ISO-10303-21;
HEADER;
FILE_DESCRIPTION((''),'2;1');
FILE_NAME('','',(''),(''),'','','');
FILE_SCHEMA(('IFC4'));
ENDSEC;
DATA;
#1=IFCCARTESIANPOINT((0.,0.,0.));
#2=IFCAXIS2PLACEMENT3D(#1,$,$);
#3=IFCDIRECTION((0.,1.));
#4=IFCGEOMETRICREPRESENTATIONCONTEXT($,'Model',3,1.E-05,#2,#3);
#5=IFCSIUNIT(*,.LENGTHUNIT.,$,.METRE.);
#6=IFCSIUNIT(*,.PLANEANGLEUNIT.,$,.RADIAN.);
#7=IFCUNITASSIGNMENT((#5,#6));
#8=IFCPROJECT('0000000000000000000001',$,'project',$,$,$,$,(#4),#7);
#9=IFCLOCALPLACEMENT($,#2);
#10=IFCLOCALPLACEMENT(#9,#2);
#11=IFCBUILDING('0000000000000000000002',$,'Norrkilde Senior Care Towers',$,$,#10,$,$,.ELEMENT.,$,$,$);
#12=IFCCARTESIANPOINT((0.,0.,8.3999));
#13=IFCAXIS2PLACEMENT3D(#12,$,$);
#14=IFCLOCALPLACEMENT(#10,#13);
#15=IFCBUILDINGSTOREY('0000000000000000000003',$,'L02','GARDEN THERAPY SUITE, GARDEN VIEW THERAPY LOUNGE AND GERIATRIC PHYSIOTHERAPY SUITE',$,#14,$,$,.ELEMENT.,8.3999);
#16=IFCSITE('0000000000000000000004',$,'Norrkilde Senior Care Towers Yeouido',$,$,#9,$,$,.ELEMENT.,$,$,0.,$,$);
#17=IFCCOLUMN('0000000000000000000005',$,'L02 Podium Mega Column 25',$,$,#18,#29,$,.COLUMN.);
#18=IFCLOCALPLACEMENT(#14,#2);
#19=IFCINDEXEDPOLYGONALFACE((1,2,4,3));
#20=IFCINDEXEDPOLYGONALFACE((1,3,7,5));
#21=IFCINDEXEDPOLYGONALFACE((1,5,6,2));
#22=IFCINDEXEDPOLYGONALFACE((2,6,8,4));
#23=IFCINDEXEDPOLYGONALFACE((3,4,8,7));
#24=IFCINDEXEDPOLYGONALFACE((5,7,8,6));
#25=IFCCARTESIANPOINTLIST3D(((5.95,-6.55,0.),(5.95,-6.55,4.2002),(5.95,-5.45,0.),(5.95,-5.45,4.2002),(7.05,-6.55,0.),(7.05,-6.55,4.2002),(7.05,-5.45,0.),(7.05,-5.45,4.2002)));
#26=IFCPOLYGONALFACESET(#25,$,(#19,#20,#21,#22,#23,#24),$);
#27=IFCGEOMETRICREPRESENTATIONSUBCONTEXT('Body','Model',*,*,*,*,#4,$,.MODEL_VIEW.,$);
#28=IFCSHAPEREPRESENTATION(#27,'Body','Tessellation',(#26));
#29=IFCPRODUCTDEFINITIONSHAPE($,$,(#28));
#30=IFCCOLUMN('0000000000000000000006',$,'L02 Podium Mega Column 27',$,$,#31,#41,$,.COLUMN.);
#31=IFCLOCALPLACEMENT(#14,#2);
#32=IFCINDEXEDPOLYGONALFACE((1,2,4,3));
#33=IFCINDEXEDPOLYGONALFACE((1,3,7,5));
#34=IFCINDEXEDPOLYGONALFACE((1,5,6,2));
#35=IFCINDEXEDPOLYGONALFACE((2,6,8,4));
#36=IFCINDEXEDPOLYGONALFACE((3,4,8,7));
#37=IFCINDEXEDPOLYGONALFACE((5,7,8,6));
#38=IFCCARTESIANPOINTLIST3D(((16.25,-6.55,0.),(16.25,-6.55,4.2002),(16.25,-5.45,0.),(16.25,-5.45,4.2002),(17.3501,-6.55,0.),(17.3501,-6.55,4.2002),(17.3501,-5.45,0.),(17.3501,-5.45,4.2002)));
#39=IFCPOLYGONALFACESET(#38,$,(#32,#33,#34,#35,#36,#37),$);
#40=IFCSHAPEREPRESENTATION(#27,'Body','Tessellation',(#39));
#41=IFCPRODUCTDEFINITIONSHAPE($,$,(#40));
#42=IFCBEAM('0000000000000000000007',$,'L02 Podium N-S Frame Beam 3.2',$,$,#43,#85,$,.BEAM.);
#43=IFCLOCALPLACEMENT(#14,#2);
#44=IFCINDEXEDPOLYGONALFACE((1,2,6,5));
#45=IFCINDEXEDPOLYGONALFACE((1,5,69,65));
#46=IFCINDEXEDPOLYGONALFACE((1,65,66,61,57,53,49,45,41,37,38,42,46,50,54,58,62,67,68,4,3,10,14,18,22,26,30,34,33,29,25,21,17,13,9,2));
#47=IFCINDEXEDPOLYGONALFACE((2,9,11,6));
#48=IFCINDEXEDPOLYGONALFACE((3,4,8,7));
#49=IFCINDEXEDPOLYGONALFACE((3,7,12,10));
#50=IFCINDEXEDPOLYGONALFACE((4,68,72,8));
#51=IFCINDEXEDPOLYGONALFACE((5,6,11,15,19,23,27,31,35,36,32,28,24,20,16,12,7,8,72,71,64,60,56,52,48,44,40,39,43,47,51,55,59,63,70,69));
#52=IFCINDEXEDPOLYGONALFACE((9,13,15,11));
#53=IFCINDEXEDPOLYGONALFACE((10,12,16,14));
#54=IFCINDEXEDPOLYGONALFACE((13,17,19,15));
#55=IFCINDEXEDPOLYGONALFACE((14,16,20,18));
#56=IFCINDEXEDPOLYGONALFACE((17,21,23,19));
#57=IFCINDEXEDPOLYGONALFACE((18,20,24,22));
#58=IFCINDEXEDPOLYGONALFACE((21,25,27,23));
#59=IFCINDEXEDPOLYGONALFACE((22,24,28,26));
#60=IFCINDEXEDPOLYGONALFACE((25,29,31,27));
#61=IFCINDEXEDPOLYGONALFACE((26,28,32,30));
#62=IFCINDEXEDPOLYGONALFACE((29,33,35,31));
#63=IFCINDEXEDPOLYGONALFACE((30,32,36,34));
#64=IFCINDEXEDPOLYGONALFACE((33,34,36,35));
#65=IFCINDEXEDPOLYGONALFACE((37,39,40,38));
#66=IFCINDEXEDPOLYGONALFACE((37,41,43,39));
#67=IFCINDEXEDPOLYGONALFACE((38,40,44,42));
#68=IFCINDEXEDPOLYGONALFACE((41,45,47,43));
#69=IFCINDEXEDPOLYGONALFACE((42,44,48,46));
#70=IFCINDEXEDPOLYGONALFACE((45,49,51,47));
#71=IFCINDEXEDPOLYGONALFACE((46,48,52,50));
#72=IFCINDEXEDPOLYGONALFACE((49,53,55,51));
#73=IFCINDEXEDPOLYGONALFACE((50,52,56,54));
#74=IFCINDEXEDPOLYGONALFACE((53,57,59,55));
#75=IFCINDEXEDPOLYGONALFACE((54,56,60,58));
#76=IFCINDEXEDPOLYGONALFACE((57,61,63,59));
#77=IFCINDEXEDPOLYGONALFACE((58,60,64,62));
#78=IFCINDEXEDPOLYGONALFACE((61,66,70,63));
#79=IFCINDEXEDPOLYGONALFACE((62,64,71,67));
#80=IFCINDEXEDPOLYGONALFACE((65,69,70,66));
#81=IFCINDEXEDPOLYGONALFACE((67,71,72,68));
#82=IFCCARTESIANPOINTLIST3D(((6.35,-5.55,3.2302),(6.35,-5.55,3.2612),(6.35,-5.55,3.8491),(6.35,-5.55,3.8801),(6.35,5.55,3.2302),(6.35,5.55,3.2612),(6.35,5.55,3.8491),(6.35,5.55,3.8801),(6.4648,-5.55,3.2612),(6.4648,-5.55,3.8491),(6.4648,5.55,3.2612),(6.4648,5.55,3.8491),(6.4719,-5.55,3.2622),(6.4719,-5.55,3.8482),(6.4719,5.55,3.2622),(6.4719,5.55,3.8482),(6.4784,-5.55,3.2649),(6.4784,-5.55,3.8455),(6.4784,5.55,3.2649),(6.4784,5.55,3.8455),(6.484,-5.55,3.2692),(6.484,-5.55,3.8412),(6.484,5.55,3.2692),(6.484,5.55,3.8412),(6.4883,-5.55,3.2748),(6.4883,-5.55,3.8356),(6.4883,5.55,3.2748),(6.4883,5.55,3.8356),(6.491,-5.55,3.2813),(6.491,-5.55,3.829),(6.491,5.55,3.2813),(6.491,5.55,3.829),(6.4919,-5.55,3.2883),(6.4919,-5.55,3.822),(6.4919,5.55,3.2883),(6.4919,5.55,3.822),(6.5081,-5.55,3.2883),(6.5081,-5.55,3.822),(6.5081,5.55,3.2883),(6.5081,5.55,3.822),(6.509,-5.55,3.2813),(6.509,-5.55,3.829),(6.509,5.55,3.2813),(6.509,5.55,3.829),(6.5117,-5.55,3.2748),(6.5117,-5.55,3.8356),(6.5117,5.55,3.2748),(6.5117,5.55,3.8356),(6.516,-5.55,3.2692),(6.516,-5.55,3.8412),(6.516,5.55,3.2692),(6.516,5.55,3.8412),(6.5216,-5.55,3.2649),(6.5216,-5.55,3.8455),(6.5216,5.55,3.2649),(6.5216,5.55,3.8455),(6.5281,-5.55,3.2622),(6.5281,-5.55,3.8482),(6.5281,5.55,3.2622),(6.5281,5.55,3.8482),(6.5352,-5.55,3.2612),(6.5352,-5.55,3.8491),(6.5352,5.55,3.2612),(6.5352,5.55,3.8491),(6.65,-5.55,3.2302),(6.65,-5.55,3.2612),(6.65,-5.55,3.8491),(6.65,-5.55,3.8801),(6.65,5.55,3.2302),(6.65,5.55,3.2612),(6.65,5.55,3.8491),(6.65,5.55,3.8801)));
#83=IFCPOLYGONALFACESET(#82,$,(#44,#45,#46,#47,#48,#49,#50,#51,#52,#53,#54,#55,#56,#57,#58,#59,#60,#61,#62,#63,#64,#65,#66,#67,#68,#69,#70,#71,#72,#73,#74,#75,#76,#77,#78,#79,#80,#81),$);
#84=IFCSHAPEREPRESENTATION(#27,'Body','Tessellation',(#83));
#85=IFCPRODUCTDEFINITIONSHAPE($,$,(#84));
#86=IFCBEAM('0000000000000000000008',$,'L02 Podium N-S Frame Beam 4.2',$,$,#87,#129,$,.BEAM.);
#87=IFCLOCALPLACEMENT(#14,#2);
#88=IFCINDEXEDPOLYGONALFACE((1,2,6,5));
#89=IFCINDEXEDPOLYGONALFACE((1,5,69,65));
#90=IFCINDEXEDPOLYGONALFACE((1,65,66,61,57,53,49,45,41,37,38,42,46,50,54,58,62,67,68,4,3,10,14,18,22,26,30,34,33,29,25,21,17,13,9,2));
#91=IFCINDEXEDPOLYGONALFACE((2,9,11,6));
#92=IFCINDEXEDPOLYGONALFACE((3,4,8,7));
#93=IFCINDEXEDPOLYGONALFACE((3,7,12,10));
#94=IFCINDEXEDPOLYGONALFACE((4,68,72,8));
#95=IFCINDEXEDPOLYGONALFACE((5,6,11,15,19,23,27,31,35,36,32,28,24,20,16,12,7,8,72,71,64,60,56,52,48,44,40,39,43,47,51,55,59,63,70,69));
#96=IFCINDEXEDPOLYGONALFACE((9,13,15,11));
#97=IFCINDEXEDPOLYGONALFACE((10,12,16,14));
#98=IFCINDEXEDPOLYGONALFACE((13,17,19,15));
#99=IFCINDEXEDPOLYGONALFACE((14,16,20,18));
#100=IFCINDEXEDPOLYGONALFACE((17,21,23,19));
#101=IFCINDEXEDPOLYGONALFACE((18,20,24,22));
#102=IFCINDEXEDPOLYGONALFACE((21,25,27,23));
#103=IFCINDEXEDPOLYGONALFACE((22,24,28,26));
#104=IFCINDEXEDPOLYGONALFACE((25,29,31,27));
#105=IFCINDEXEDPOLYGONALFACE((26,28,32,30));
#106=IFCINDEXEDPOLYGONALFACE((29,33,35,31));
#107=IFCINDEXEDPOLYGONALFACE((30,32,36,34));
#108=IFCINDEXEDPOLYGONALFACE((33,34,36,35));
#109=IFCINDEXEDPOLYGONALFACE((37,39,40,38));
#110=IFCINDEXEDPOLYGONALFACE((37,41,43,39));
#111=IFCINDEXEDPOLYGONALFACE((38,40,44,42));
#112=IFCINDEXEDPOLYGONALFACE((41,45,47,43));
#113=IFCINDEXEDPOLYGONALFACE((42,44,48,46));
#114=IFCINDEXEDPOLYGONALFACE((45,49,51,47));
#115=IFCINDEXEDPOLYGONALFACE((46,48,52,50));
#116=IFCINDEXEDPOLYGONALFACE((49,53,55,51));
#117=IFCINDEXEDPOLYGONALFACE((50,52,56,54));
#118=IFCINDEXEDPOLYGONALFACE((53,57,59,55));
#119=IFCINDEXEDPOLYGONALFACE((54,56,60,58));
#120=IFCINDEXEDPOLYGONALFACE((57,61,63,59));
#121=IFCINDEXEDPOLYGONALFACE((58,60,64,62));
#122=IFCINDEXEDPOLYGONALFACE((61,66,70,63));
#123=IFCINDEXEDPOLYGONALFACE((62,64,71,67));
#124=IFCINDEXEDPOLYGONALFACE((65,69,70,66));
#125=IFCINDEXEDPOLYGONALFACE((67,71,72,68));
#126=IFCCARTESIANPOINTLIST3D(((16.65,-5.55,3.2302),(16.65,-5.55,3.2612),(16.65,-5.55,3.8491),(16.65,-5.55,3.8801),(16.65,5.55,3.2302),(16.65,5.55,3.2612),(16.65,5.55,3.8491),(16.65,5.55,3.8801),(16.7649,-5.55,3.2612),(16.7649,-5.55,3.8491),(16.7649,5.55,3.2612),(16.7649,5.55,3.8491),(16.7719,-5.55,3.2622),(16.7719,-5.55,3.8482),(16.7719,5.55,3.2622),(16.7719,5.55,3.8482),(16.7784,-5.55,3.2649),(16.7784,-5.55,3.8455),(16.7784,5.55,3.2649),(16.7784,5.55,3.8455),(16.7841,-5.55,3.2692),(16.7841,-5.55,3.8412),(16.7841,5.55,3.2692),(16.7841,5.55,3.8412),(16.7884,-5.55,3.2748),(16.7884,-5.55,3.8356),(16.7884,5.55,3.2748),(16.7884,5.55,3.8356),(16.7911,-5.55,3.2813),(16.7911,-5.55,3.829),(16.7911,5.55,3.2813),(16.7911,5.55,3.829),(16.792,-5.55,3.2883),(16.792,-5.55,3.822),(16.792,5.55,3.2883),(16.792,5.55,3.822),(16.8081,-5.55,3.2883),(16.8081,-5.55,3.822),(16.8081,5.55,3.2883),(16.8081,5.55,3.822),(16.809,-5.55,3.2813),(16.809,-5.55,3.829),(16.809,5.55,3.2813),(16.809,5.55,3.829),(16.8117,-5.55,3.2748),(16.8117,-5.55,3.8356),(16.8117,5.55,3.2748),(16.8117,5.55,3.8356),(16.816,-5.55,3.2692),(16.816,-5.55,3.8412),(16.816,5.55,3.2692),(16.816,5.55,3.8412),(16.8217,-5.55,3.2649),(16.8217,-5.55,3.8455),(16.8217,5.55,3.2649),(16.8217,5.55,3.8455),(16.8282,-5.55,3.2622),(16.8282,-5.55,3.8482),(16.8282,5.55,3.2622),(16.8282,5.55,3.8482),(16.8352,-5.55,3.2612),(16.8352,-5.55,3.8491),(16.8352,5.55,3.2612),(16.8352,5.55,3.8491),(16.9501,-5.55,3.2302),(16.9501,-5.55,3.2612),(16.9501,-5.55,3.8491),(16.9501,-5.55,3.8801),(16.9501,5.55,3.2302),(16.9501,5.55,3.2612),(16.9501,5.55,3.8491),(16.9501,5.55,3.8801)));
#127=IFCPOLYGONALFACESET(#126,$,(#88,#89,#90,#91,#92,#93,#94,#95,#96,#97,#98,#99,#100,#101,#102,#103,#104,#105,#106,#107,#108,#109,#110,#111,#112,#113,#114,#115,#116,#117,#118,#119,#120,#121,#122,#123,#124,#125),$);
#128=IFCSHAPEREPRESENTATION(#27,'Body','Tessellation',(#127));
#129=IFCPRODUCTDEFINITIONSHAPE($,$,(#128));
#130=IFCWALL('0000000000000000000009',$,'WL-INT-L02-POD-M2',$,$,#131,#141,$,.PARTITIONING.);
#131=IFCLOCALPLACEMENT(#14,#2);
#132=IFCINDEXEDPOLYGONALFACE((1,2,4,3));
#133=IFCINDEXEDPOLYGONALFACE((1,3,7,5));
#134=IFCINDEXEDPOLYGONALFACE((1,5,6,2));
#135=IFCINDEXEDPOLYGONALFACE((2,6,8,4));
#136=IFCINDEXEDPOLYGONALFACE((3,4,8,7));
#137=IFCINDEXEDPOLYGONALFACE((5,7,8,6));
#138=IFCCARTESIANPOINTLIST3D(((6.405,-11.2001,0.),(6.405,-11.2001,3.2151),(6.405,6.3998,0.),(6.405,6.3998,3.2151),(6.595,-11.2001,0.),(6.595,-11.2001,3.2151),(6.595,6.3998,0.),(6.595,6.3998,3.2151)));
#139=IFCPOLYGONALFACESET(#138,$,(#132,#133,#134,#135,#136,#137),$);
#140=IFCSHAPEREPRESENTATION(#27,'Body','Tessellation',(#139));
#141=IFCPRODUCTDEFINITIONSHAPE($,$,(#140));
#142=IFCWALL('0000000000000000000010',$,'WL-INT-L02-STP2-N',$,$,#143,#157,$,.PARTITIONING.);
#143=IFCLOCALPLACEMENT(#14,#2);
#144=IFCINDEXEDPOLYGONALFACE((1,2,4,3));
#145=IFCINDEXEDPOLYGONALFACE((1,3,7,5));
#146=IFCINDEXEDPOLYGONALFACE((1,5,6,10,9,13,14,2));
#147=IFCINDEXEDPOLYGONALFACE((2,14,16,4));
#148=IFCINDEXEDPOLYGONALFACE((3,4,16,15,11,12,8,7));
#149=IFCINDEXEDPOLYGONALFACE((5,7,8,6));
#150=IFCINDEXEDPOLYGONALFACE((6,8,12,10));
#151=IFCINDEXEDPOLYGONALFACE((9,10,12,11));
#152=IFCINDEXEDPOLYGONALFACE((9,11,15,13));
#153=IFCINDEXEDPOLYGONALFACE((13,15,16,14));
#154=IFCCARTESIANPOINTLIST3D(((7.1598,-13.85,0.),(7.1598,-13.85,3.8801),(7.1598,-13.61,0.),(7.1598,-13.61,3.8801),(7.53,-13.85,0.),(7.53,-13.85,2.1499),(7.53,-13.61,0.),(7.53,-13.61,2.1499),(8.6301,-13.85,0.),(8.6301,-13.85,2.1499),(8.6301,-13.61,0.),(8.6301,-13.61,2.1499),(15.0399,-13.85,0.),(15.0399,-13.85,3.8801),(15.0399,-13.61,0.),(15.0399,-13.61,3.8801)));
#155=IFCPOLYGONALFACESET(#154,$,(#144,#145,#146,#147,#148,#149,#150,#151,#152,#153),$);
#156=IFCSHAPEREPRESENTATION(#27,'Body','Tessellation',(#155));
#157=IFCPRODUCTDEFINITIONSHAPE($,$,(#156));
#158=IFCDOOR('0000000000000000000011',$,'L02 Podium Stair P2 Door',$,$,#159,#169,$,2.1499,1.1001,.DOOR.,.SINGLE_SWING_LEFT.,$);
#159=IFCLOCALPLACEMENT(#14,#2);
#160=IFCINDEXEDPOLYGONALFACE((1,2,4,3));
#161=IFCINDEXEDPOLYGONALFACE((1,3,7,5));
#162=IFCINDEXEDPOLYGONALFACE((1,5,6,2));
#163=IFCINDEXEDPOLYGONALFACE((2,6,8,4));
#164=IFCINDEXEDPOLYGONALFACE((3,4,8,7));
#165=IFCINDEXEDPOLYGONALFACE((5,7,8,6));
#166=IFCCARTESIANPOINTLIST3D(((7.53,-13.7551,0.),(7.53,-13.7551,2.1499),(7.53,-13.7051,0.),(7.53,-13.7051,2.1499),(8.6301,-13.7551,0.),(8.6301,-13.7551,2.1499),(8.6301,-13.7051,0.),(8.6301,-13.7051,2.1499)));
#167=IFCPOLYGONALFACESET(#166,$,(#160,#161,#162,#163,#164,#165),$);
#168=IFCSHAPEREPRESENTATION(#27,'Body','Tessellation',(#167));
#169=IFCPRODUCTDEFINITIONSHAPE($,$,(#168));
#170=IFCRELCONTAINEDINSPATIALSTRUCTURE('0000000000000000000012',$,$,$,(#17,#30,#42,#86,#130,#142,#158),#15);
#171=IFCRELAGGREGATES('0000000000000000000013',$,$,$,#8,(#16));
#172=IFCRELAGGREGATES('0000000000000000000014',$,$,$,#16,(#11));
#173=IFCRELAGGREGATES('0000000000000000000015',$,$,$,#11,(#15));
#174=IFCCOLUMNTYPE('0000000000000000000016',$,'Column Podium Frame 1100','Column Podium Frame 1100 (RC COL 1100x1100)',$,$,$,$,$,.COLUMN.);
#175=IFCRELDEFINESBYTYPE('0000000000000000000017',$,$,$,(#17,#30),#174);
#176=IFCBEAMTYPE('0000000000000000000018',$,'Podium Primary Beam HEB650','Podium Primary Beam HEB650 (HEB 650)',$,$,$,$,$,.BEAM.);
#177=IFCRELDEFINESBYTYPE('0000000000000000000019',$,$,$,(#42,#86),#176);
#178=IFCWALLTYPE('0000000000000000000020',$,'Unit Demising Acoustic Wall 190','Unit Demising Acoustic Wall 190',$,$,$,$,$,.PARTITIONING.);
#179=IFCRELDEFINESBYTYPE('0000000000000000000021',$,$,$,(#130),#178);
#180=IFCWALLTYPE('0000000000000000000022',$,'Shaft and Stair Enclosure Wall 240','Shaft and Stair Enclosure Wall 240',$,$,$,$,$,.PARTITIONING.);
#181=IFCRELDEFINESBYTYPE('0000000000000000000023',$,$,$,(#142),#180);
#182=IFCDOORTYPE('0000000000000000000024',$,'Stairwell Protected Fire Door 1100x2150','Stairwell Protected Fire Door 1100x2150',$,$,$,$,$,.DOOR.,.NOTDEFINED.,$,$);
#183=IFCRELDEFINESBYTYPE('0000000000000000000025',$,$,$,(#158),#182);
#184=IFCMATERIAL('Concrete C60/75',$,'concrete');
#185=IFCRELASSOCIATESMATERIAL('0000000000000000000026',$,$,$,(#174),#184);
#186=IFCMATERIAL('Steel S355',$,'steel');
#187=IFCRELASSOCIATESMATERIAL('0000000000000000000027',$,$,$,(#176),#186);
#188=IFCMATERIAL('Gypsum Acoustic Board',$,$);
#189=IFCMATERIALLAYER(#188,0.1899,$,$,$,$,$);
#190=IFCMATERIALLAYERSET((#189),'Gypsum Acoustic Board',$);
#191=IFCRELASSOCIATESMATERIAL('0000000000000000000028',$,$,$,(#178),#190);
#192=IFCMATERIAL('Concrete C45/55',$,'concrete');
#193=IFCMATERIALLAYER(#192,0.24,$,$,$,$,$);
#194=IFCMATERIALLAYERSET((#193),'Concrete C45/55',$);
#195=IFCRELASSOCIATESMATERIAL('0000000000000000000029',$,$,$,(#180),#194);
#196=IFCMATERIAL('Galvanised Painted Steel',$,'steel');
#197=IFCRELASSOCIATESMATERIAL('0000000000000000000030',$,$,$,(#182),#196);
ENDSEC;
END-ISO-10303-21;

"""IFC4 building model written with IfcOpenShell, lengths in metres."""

from ifc_helpers import new_model, si_unit, direction, frame, frame_2d, origin, origin_2d, place, context, subcontext, project, spatial, rectangle, i_section, extrude, source, transform, mapped, material, layer, layer_set, material_profile, profile_set, type_object, type_shapes, element, fill, save


model = new_model("IFC4")

# Units and contexts
model_context = context("Model", 3, precision=1e-05, world=origin(), true_north=direction((0.0, 1.0)))
body_context = subcontext(model_context, "Body", "Model", "MODEL_VIEW")
ifc_project = project(units=[si_unit("LENGTHUNIT", "METRE"), si_unit("PLANEANGLEUNIT", "RADIAN")], contexts=[model_context])

# Site, building, storey
site_placement = place(None, origin())
site = spatial("IfcSite", under=ifc_project, at=site_placement, Name="Norrkilde Senior Care Towers Yeouido", CompositionType="ELEMENT", RefElevation=0.0)
building_placement = place(site_placement, origin())
building = spatial("IfcBuilding", under=site, at=building_placement, Name="Norrkilde Senior Care Towers", CompositionType="ELEMENT")
storey_placement = place(building_placement, frame((0.0, 0.0, 8.3999)))
storey = spatial("IfcBuildingStorey", under=building, at=storey_placement, Name="L02", Description="GARDEN THERAPY SUITE, GARDEN VIEW THERAPY LOUNGE AND GERIATRIC PHYSIOTHERAPY SUITE", CompositionType="ELEMENT", Elevation=8.3999)

# Columns
ifc_material_1 = material(Name="Concrete C60/75", Category="concrete")
ifc_material_profile_1 = material_profile(ifc_material_1, rectangle(XDim=1.1001, YDim=1.1001, at=origin_2d()), Name="RC COL 1100x1100")
ifc_profile_set_1 = profile_set([ifc_material_profile_1], Name="Concrete C60/75")
column_type = type_object("IfcColumnType", Name="Column Podium Frame 1100", Description="Column Podium Frame 1100 (RC COL 1100x1100)", PredefinedType="COLUMN", material=ifc_profile_set_1)
shared_shape_1 = source(origin(), body_context, "Body", "SweptSolid", [
    extrude(rectangle(XDim=1.1001, YDim=1.1001, at=origin_2d()), origin(), (0.0, 0.0, 1.0), 4.2002),
])
type_shapes(column_type, [shared_shape_1])
for number, where, z_axis, x_axis, name in (
    (1, (6.5, -6.0, 0.0), (0.0, 0.0, 1.0), (1.0, 0.0, 0.0), "L02 Podium Mega Column 25"),
    (2, (16.8, -6.0, 0.0), (0.0, 0.0, 1.0), (1.0, 0.0, 0.0), "L02 Podium Mega Column 27"),
):
    element("IfcColumn", number, at=place(storey_placement, frame(where, z_axis=z_axis, x_axis=x_axis)), inside=storey, type_object=column_type, Name=name, PredefinedType="COLUMN", context=body_context, shape_type="MappedRepresentation", body=[
        mapped(shared_shape_1, transform((0.0, 0.0, 0.0), x_axis=(1.0, 0.0, 0.0), y_axis=(0.0, 1.0, 0.0), z_axis=(0.0, 0.0, 1.0), scale=1.0)),
    ])

# Beams
ifc_material_2 = material(Name="Steel S355", Category="steel")
ifc_material_profile_2 = material_profile(ifc_material_2, i_section(OverallWidth=0.3, OverallDepth=0.6499, WebThickness=0.0161, FlangeThickness=0.031, FilletRadius=0.0271, at=origin_2d()), Name="HEB 650")
ifc_profile_set_2 = profile_set([ifc_material_profile_2], Name="Steel S355")
beam_type = type_object("IfcBeamType", Name="Podium Primary Beam HEB650", Description="Podium Primary Beam HEB650 (HEB 650)", PredefinedType="BEAM", material=ifc_profile_set_2)
shared_shape_2 = source(origin(), body_context, "Body", "SweptSolid", [
    extrude(i_section(OverallWidth=0.3, OverallDepth=0.6499, WebThickness=0.0161, FlangeThickness=0.031, FilletRadius=0.0271, at=origin_2d()), origin(), (0.0, 0.0, 1.0), 11.1001),
])
type_shapes(beam_type, [shared_shape_2])
for number, where, z_axis, x_axis, name in (
    (3, (6.5, -5.55, 3.5552), (0.0, 1.0, 0.0), (-1.0, 0.0, 0.0), "L02 Podium N-S Frame Beam 3.2"),
    (4, (16.8, -5.55, 3.5552), (0.0, 1.0, 0.0), (-1.0, 0.0, 0.0), "L02 Podium N-S Frame Beam 4.2"),
):
    element("IfcBeam", number, at=place(storey_placement, frame(where, z_axis=z_axis, x_axis=x_axis)), inside=storey, type_object=beam_type, Name=name, PredefinedType="BEAM", context=body_context, shape_type="MappedRepresentation", body=[
        mapped(shared_shape_2, transform((0.0, 0.0, 0.0), x_axis=(1.0, 0.0, 0.0), y_axis=(0.0, 1.0, 0.0), z_axis=(0.0, 0.0, 1.0), scale=1.0)),
    ])

# Wall
ifc_material_3 = material(Name="Gypsum Acoustic Board")
ifc_layer_1 = layer(ifc_material_3, 0.1899)
ifc_layer_set_1 = layer_set([ifc_layer_1], Name="Gypsum Acoustic Board")
wall_type_1 = type_object("IfcWallType", Name="Unit Demising Acoustic Wall 190", Description="Unit Demising Acoustic Wall 190", PredefinedType="PARTITIONING", material=ifc_layer_set_1)
shared_shape_3 = source(origin(), body_context, "Body", "SweptSolid", [
    extrude(rectangle(XDim=17.5999, YDim=0.1899, at=frame_2d((8.7998, 0.0))), origin(), (0.0, 0.0, 1.0), 3.2151),
])
type_shapes(wall_type_1, [shared_shape_3])
wall_1_placement = place(storey_placement, frame((6.5, -11.2, 0.0), z_axis=(0.0, 0.0, 1.0), x_axis=(0.0, 1.0, 0.0)))
element("IfcWall", 5, at=wall_1_placement, inside=storey, type_object=wall_type_1, Name="WL-INT-L02-POD-M2", PredefinedType="PARTITIONING", context=body_context, shape_type="MappedRepresentation", body=[
    mapped(shared_shape_3, transform((0.0, 0.0, 0.0), x_axis=(1.0, 0.0, 0.0), y_axis=(0.0, 1.0, 0.0), z_axis=(0.0, 0.0, 1.0), scale=1.0)),
])

# Wall, opening, door
ifc_material_4 = material(Name="Concrete C45/55", Category="concrete")
ifc_layer_2 = layer(ifc_material_4, 0.24)
ifc_layer_set_2 = layer_set([ifc_layer_2], Name="Concrete C45/55")
wall_type_2 = type_object("IfcWallType", Name="Shaft and Stair Enclosure Wall 240", Description="Shaft and Stair Enclosure Wall 240", PredefinedType="PARTITIONING", material=ifc_layer_set_2)
shared_shape_4 = source(origin(), body_context, "Body", "SweptSolid", [
    extrude(rectangle(XDim=7.8801, YDim=0.24, at=frame_2d((3.9399, 0.0))), origin(), (0.0, 0.0, 1.0), 3.8801),
])
type_shapes(wall_type_2, [shared_shape_4])
wall_2_placement = place(storey_placement, frame((7.1599, -13.73, 0.0), z_axis=(0.0, 0.0, 1.0), x_axis=(1.0, 0.0, 0.0)))
wall_2 = element("IfcWall", 6, at=wall_2_placement, inside=storey, type_object=wall_type_2, Name="WL-INT-L02-STP2-N", PredefinedType="PARTITIONING", context=body_context, shape_type="MappedRepresentation", body=[
    mapped(shared_shape_4, transform((0.0, 0.0, 0.0), x_axis=(1.0, 0.0, 0.0), y_axis=(0.0, 1.0, 0.0), z_axis=(0.0, 0.0, 1.0), scale=1.0)),
])
opening_1_placement = place(wall_2_placement, frame((0.3701, 0.0, 0.0)))
opening_1 = element("IfcOpeningElement", 7, at=opening_1_placement, cuts=wall_2, PredefinedType="OPENING", context=body_context, shape_type="SweptSolid", body=[
    extrude(rectangle(XDim=1.1001, YDim=2.1499, at=frame_2d((0.55, 1.075))), frame((0.0, 0.1299, 0.0), z_axis=(0.0, -1.0, 0.0), x_axis=(1.0, 0.0, 0.0)), (0.0, 0.0, 1.0), 0.26),
])
ifc_material_5 = material(Name="Galvanised Painted Steel", Category="steel")
door_type_1 = type_object("IfcDoorType", Name="Stairwell Protected Fire Door 1100x2150", Description="Stairwell Protected Fire Door 1100x2150", OperationType="NOTDEFINED", PredefinedType="DOOR", material=ifc_material_5)
shared_shape_5 = source(origin(), body_context, "Body", "SweptSolid", [
    extrude(rectangle(XDim=1.1001, YDim=2.1499, at=frame_2d((0.55, 1.075))), frame((0.0, 0.0249, 0.0), z_axis=(0.0, -1.0, 0.0), x_axis=(1.0, 0.0, 0.0)), (0.0, 0.0, 1.0), 0.05),
])
type_shapes(door_type_1, [shared_shape_5])
door_1_placement = place(opening_1_placement, origin())
door_1 = element("IfcDoor", 8, at=door_1_placement, inside=storey, type_object=door_type_1, Name="L02 Podium Stair P2 Door", OperationType="SINGLE_SWING_LEFT", OverallHeight=2.1499, OverallWidth=1.1001, PredefinedType="DOOR", context=body_context, shape_type="MappedRepresentation", body=[
    mapped(shared_shape_5, transform((0.0, 0.0, 0.0), x_axis=(1.0, 0.0, 0.0), y_axis=(0.0, 1.0, 0.0), z_axis=(0.0, 0.0, 1.0), scale=1.0)),
])
fill(opening_1, door_1)

save(model, "model.ifc")
